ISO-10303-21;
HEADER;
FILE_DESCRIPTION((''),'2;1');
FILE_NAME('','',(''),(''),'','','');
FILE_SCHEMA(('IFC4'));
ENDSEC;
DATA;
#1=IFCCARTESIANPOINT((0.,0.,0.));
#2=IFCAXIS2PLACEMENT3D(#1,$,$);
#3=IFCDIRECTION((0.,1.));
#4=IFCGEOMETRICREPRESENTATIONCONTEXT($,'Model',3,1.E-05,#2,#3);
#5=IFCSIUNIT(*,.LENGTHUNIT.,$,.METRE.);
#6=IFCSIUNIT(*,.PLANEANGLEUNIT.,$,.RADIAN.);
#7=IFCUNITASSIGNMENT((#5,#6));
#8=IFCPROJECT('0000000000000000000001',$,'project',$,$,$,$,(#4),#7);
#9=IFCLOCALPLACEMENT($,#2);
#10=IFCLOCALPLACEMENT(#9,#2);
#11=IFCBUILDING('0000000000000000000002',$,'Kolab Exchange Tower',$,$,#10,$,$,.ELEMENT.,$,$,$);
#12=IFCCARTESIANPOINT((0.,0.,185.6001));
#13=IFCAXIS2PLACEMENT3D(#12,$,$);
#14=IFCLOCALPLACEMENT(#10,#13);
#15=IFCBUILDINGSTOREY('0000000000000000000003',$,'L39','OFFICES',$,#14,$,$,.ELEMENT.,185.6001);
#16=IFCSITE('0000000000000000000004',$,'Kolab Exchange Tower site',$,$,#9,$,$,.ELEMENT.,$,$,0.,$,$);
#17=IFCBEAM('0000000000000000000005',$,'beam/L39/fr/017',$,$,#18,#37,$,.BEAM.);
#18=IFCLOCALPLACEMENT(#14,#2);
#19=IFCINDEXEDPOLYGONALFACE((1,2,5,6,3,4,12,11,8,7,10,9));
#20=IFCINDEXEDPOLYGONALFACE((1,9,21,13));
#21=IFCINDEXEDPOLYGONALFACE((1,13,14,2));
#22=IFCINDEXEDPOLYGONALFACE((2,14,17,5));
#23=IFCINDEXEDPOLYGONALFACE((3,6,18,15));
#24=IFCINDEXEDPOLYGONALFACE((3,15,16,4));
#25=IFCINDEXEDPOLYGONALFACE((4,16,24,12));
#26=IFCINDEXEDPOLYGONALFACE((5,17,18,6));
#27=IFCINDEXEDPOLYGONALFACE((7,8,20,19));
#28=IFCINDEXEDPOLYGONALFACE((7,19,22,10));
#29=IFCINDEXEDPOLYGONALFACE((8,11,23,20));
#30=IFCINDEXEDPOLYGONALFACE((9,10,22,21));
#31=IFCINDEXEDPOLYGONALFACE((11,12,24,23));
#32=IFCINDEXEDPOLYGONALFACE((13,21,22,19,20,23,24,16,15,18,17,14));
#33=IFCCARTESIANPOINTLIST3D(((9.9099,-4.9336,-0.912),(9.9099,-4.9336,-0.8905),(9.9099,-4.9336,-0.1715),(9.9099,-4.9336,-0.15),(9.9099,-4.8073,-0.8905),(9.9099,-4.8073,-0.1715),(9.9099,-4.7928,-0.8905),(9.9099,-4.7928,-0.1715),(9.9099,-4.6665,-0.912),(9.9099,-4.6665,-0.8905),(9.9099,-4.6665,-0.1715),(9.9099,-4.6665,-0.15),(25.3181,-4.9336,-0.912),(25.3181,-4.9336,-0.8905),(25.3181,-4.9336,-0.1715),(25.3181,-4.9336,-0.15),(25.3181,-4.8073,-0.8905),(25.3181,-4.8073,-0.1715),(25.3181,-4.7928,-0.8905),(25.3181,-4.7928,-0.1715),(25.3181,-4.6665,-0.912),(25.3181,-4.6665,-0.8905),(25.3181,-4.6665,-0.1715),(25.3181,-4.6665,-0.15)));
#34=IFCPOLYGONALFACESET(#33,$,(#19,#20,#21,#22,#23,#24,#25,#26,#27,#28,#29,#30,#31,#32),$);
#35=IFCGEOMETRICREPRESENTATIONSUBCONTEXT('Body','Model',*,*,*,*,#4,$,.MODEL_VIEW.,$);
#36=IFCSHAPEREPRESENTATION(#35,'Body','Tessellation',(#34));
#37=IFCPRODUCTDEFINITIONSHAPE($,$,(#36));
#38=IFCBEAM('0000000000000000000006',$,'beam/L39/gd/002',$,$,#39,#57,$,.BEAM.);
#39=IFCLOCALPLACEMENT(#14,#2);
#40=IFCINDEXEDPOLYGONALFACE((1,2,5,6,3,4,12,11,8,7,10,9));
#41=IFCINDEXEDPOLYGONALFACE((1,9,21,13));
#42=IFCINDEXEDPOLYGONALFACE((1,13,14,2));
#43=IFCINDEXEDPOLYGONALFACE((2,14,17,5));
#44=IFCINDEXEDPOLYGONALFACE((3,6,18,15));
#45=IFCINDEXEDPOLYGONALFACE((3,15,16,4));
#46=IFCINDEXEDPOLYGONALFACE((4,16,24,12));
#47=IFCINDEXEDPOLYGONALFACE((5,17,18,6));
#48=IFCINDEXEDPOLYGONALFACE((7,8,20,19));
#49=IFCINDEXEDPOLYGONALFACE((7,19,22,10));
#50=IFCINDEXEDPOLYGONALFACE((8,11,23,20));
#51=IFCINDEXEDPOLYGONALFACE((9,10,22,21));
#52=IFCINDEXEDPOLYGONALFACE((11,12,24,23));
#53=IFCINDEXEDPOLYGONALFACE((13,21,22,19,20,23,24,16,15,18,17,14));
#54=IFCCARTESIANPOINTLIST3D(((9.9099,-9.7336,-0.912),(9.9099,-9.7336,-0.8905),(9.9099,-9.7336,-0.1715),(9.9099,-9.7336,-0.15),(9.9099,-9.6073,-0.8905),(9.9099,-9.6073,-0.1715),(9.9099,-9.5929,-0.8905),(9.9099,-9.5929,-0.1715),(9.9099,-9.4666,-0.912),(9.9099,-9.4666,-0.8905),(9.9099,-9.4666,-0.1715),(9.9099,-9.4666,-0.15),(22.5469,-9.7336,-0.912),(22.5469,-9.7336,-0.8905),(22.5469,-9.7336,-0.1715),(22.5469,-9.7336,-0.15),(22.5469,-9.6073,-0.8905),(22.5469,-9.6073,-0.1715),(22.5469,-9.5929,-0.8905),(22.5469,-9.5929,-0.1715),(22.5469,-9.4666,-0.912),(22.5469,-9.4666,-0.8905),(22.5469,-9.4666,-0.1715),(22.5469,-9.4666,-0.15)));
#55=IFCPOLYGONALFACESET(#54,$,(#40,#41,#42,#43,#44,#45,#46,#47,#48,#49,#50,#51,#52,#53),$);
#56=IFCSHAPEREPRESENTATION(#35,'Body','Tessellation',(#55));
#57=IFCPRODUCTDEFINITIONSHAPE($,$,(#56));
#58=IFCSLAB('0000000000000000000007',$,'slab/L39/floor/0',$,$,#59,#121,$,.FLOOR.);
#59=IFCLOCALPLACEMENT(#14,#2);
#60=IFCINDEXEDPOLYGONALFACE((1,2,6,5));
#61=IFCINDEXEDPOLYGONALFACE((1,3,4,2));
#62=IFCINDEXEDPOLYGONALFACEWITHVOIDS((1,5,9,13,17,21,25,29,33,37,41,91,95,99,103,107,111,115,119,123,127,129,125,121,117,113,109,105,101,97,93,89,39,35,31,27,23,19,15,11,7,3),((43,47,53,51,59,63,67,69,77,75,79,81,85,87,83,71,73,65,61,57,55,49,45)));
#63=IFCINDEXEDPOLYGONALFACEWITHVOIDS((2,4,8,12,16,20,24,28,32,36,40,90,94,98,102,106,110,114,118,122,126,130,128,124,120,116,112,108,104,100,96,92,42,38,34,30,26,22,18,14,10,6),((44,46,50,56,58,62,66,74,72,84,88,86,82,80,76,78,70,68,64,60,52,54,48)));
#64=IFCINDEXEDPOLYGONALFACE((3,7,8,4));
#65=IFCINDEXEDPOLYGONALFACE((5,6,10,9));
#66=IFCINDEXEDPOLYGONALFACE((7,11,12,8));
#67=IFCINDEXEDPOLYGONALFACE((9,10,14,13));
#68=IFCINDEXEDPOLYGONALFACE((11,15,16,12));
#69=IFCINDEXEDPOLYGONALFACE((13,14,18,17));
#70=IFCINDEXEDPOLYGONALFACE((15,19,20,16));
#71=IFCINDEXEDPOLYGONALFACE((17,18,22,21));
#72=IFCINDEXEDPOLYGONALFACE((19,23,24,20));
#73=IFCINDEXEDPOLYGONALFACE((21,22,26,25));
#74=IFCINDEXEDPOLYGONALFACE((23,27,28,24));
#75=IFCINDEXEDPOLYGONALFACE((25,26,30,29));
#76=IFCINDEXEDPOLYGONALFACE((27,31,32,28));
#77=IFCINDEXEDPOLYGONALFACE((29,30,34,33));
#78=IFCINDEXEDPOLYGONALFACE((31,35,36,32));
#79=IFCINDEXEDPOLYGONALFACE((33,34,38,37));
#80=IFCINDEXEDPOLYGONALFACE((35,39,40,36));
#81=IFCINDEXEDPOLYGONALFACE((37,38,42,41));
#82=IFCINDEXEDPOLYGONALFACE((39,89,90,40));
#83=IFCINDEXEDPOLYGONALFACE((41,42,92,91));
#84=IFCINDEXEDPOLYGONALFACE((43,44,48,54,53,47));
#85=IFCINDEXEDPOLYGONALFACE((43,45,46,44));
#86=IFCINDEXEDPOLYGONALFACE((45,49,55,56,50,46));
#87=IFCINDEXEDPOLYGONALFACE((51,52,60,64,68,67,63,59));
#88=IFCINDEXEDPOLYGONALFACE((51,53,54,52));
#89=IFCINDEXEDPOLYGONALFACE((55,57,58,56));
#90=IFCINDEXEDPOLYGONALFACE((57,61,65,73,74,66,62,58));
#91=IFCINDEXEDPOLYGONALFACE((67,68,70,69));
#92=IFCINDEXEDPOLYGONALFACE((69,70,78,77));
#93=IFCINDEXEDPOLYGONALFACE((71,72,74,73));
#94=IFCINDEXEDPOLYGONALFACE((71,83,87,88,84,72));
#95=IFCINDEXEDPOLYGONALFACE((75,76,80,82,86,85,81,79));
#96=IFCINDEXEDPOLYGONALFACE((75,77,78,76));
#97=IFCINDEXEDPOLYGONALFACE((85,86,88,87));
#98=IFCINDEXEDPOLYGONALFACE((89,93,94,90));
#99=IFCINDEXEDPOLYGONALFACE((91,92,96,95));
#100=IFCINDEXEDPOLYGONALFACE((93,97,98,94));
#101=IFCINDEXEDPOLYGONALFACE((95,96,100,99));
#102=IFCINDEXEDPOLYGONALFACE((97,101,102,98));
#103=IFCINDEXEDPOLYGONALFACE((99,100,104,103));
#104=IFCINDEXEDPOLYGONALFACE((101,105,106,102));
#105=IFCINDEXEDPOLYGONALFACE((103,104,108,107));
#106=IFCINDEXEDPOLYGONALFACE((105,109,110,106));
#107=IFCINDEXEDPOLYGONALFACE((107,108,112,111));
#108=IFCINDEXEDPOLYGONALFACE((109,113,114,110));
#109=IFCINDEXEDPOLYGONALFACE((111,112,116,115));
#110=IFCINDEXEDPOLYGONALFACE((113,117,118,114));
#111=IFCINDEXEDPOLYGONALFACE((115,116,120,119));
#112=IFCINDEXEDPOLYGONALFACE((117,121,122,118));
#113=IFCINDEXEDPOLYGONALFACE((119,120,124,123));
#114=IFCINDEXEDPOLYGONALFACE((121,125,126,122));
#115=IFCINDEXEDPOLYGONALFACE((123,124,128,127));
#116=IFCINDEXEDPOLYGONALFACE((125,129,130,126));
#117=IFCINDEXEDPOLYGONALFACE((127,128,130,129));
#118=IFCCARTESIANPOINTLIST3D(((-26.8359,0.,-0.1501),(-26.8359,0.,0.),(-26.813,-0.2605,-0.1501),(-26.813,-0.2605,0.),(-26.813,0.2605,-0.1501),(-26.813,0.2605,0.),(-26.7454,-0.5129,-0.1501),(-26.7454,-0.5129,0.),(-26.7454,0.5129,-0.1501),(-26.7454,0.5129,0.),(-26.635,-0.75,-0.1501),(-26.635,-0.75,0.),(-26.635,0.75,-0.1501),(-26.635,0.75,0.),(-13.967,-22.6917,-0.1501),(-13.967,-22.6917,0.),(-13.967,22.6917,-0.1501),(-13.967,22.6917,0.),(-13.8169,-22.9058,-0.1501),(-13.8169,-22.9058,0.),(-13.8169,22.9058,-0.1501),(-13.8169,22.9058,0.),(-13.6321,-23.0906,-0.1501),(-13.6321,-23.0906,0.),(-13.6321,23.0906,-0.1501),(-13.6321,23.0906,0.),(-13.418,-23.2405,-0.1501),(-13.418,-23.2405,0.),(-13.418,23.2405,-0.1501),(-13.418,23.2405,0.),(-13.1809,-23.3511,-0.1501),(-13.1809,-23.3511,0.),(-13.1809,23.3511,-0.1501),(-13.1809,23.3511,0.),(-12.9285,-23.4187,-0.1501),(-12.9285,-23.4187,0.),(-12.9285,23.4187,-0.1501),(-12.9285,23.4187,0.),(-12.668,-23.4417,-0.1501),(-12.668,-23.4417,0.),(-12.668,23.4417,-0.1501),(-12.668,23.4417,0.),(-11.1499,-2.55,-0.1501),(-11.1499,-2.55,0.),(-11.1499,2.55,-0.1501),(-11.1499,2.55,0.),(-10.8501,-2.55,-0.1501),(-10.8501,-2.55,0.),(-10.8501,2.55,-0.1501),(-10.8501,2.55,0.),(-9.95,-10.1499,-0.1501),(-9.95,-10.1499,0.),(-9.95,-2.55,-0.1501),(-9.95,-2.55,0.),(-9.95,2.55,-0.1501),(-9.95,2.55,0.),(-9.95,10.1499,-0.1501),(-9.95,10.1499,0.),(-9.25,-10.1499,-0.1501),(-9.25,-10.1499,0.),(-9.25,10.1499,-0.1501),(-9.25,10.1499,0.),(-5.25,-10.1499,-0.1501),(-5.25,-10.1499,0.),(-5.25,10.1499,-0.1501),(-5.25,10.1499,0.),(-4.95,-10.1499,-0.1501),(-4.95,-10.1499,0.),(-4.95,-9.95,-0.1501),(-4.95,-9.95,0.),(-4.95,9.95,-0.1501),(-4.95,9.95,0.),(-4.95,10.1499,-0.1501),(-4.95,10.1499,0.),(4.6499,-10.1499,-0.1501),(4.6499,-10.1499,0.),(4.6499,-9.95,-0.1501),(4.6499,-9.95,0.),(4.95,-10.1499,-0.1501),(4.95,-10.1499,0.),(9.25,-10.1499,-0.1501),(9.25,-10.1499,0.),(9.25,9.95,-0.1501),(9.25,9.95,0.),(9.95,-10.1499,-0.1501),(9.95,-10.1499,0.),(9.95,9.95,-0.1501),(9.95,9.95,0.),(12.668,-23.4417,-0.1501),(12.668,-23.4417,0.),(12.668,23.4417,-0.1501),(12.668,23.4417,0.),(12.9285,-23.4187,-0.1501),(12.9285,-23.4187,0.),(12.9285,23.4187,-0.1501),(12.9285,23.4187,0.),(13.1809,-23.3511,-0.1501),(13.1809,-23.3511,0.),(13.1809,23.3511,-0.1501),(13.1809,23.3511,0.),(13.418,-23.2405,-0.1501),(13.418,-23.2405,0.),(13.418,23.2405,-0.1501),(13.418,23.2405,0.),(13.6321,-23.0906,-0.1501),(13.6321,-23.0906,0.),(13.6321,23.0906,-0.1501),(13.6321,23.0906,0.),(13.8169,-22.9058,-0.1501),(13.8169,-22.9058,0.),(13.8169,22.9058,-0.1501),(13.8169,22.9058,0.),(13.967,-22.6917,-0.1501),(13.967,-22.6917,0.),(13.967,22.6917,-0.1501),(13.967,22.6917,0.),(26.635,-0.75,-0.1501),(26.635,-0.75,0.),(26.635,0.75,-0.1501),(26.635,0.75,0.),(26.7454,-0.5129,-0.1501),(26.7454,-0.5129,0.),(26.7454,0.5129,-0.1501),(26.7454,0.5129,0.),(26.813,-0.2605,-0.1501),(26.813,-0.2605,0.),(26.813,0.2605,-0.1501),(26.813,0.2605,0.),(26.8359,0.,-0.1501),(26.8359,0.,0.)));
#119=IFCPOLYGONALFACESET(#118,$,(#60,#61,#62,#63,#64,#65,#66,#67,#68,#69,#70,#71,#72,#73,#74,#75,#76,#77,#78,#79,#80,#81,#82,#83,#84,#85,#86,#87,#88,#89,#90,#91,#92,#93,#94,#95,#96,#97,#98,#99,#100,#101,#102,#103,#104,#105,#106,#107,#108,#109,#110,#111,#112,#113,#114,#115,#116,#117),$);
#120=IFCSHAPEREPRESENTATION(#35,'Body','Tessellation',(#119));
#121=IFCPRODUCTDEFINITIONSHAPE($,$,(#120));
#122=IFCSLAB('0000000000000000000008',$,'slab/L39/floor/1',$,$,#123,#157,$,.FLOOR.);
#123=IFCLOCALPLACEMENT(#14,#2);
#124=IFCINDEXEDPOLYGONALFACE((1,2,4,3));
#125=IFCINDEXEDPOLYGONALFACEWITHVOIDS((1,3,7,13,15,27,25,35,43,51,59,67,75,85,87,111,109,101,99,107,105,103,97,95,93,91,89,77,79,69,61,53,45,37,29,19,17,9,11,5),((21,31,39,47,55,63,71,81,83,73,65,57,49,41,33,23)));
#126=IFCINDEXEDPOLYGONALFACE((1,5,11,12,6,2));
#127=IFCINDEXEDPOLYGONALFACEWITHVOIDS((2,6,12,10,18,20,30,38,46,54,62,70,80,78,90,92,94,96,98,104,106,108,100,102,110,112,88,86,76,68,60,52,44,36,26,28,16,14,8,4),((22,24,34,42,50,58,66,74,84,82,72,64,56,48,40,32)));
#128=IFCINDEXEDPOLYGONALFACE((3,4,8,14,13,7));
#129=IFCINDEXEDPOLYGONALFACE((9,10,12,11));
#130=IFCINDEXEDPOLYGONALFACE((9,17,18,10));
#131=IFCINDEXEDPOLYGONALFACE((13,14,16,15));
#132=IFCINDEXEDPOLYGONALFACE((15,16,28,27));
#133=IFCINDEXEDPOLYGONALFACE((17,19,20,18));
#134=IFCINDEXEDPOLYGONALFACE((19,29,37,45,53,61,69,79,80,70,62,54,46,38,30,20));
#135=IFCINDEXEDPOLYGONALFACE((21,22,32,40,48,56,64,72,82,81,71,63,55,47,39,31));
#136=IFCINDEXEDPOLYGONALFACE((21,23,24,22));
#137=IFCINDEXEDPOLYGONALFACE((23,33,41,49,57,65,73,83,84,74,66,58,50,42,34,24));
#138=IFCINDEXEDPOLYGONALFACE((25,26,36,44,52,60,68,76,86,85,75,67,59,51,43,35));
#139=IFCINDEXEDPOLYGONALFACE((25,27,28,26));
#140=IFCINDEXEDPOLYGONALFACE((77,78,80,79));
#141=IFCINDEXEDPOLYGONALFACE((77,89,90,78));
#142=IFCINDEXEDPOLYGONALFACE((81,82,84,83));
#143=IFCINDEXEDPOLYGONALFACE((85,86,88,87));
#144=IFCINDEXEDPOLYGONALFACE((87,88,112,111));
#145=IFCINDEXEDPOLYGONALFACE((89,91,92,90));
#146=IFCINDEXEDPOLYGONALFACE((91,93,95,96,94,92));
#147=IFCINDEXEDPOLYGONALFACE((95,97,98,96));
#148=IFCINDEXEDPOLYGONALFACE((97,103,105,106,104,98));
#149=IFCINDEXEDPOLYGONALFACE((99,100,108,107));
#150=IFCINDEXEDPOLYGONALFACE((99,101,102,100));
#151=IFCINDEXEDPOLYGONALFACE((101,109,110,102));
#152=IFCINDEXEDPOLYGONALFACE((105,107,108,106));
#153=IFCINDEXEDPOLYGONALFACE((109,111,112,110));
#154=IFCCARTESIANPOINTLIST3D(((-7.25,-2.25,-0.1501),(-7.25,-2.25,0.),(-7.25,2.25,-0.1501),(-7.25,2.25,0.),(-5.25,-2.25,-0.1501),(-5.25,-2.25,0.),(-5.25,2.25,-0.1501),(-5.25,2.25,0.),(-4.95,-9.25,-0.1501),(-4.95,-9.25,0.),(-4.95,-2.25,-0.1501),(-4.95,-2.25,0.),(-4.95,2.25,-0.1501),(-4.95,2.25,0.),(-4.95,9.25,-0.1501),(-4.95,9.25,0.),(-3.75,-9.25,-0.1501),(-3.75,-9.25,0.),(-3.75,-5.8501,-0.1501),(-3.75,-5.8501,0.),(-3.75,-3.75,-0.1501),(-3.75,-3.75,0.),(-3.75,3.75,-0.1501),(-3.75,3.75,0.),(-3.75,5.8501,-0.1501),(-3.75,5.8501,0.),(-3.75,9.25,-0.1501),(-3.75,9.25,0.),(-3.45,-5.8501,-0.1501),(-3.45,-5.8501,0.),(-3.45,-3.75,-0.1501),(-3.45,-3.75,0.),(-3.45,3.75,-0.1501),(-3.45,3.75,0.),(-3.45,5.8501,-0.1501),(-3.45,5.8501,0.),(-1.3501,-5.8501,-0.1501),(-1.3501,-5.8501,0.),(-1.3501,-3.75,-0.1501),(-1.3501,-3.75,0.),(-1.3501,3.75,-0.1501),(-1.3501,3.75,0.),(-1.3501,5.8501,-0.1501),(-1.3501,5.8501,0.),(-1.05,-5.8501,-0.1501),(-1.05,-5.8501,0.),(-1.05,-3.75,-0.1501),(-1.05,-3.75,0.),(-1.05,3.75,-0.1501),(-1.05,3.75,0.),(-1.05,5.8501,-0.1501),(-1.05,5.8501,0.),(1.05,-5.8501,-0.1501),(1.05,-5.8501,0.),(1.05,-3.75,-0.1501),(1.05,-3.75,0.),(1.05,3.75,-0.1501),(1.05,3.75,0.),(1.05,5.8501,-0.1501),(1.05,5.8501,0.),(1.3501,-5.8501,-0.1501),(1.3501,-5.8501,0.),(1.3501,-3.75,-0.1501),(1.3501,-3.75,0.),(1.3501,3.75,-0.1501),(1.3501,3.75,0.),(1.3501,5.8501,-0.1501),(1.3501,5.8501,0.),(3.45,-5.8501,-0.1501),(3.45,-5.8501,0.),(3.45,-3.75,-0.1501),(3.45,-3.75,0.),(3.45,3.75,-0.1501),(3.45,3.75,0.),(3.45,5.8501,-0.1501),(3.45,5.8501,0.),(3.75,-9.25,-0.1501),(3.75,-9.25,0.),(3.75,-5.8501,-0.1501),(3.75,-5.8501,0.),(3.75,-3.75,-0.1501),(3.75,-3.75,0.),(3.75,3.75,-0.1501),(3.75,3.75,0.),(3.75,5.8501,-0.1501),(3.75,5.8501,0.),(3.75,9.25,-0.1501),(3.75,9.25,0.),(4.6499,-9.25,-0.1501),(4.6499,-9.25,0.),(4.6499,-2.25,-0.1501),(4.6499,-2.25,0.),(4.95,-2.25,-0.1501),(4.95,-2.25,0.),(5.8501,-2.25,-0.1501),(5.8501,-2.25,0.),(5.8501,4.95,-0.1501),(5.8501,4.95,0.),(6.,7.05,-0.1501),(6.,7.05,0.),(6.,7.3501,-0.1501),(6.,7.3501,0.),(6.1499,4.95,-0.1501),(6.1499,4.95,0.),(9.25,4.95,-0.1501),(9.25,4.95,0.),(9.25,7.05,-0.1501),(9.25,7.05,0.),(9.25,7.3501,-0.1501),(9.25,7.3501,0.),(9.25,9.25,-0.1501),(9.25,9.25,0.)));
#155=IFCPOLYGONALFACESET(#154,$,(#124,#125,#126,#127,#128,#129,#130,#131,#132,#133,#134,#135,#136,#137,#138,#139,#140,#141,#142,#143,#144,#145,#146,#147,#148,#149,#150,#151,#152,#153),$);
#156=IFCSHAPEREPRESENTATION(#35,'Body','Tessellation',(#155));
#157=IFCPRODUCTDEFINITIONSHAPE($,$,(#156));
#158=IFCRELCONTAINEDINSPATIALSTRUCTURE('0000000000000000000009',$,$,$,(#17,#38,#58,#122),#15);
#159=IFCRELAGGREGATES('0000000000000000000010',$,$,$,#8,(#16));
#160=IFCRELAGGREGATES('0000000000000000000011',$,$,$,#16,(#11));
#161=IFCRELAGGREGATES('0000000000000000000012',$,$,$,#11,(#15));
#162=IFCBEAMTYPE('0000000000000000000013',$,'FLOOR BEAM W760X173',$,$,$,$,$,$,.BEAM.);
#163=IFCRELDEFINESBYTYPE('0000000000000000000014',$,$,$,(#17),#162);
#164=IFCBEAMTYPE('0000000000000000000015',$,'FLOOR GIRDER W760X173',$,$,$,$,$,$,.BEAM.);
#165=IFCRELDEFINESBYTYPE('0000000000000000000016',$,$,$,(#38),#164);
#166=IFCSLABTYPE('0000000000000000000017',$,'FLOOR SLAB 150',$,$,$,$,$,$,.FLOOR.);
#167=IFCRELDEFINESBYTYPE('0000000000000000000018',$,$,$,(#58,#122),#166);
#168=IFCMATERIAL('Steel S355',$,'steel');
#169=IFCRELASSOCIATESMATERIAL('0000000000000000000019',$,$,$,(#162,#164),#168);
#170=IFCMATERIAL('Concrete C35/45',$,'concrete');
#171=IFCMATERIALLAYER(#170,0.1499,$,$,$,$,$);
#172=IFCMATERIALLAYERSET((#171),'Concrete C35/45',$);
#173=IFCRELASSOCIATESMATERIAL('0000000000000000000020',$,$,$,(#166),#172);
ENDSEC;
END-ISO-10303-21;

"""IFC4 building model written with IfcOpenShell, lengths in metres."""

from ifc_helpers import new_model, si_unit, direction, frame, origin, origin_2d, place, context, subcontext, project, spatial, polyline, i_section, outline, extrude, material, layer, layer_set, material_profile, profile_set, type_object, element, save


model = new_model("IFC4")

# Units and contexts
model_context = context("Model", 3, precision=1e-05, world=origin(), true_north=direction((0.0, 1.0)))
body_context = subcontext(model_context, "Body", "Model", "MODEL_VIEW")
ifc_project = project(units=[si_unit("LENGTHUNIT", "METRE"), si_unit("PLANEANGLEUNIT", "RADIAN")], contexts=[model_context])

# Site, building, storey
site_placement = place(None, origin())
site = spatial("IfcSite", under=ifc_project, at=site_placement, Name="Kolab Exchange Tower site", CompositionType="ELEMENT", RefElevation=0.0)
building_placement = place(site_placement, origin())
building = spatial("IfcBuilding", under=site, at=building_placement, Name="Kolab Exchange Tower", CompositionType="ELEMENT")
storey_placement = place(building_placement, frame((0.0, 0.0, 185.6001)))
storey = spatial("IfcBuildingStorey", under=building, at=storey_placement, Name="L39", Description="OFFICES", CompositionType="ELEMENT", Elevation=185.6001)

# Beams
ifc_material_1 = material(Name="Steel S355", Category="steel")
ifc_material_profile_1 = material_profile(ifc_material_1, i_section(OverallWidth=0.2671, OverallDepth=0.762, WebThickness=0.0144, FlangeThickness=0.0215, at=origin_2d()), Name="W760X173")
ifc_profile_set_1 = profile_set([ifc_material_profile_1], Name="Steel S355")
beam_type_1 = type_object("IfcBeamType", Name="FLOOR BEAM W760X173", PredefinedType="BEAM", material=ifc_profile_set_1)
beam_1_placement = place(storey_placement, frame((9.9099, -4.8, -0.531), z_axis=(1.0, 0.0, 0.0), x_axis=(0.0, 1.0, 0.0)))
element("IfcBeam", 1, at=beam_1_placement, inside=storey, type_object=beam_type_1, Name="beam/L39/fr/017", PredefinedType="BEAM", context=body_context, shape_type="SweptSolid", body=[
    extrude(i_section(OverallWidth=0.2671, OverallDepth=0.762, WebThickness=0.0144, FlangeThickness=0.0215, at=origin_2d()), origin(), (0.0, 0.0, 1.0), 15.4082),
])
ifc_material_profile_2 = material_profile(ifc_material_1, i_section(OverallWidth=0.2671, OverallDepth=0.762, WebThickness=0.0144, FlangeThickness=0.0215, at=origin_2d()), Name="W760X173")
ifc_profile_set_2 = profile_set([ifc_material_profile_2], Name="Steel S355")
beam_type_2 = type_object("IfcBeamType", Name="FLOOR GIRDER W760X173", PredefinedType="BEAM", material=ifc_profile_set_2)
beam_2_placement = place(storey_placement, frame((9.9099, -9.6001, -0.531), z_axis=(1.0, 0.0, 0.0), x_axis=(0.0, 1.0, 0.0)))
element("IfcBeam", 2, at=beam_2_placement, inside=storey, type_object=beam_type_2, Name="beam/L39/gd/002", PredefinedType="BEAM", context=body_context, shape_type="SweptSolid", body=[
    extrude(i_section(OverallWidth=0.2671, OverallDepth=0.762, WebThickness=0.0144, FlangeThickness=0.0215, at=origin_2d()), origin(), (0.0, 0.0, 1.0), 12.637),
])

# Slabs
ifc_material_2 = material(Name="Concrete C35/45", Category="concrete")
ifc_layer_1 = layer(ifc_material_2, 0.1499)
ifc_layer_set_1 = layer_set([ifc_layer_1], Name="Concrete C35/45")
slab_type_1 = type_object("IfcSlabType", Name="FLOOR SLAB 150", PredefinedType="FLOOR", material=ifc_layer_set_1)
slab_1_placement = place(storey_placement, frame((0.0, 0.0, -0.1501)))
element("IfcSlab", 3, at=slab_1_placement, inside=storey, type_object=slab_type_1, Name="slab/L39/floor/0", PredefinedType="FLOOR", context=body_context, shape_type="SweptSolid", body=[
    extrude(outline(polyline([(13.967, -22.6917), (26.635, -0.75), (26.7454, -0.5129), (26.813, -0.2605), (26.8359, 0.0), (26.813, 0.2605), (26.7454, 0.5129), (26.635, 0.75), (13.967, 22.6917), (13.8169, 22.9058), (13.6321, 23.0906), (13.418, 23.2405), (13.1809, 23.3511), (12.9285, 23.4187), (12.668, 23.4417), (-12.668, 23.4417), (-12.9285, 23.4187), (-13.1809, 23.3511), (-13.418, 23.2405), (-13.6321, 23.0906), (-13.8169, 22.9058), (-13.967, 22.6917), (-26.635, 0.75), (-26.7454, 0.5129), (-26.813, 0.2605), (-26.8359, 0.0), (-26.813, -0.2605), (-26.7454, -0.5129), (-26.635, -0.75), (-13.967, -22.6917), (-13.8169, -22.9058), (-13.6321, -23.0906), (-13.418, -23.2405), (-13.1809, -23.3511), (-12.9285, -23.4187), (-12.668, -23.4417), (12.668, -23.4417), (12.9285, -23.4187), (13.1809, -23.3511), (13.418, -23.2405), (13.6321, -23.0906), (13.8169, -22.9058), (13.967, -22.6917)]), holes=[polyline([(-9.25, -10.1499), (-9.95, -10.1499), (-9.95, -2.55), (-10.8501, -2.55), (-11.1499, -2.55), (-11.1499, 2.55), (-10.8501, 2.55), (-9.95, 2.55), (-9.95, 10.1499), (-9.25, 10.1499), (-5.25, 10.1499), (-4.95, 10.1499), (-4.95, 9.95), (9.25, 9.95), (9.95, 9.95), (9.95, -10.1499), (9.25, -10.1499), (4.95, -10.1499), (4.6499, -10.1499), (4.6499, -9.95), (-4.95, -9.95), (-4.95, -10.1499), (-5.25, -10.1499), (-9.25, -10.1499)])]), origin(), (0.0, 0.0, 1.0), 0.1501),
])
slab_2_placement = place(storey_placement, frame((0.0, 0.0, -0.1501)))
element("IfcSlab", 4, at=slab_2_placement, inside=storey, type_object=slab_type_1, Name="slab/L39/floor/1", PredefinedType="FLOOR", context=body_context, shape_type="SweptSolid", body=[
    extrude(outline(polyline([(-4.95, 9.25), (-4.95, 2.25), (-5.25, 2.25), (-7.25, 2.25), (-7.25, -2.25), (-5.25, -2.25), (-4.95, -2.25), (-4.95, -9.25), (-3.75, -9.25), (-3.75, -5.8501), (-3.45, -5.8501), (-1.3501, -5.8501), (-1.05, -5.8501), (1.05, -5.8501), (1.3501, -5.8501), (3.45, -5.8501), (3.75, -5.8501), (3.75, -9.25), (4.6499, -9.25), (4.6499, -2.25), (4.95, -2.25), (5.8501, -2.25), (5.8501, 4.95), (6.1499, 4.95), (9.25, 4.95), (9.25, 7.05), (6.0, 7.05), (6.0, 7.3501), (9.25, 7.3501), (9.25, 9.25), (3.75, 9.25), (3.75, 5.8501), (3.45, 5.8501), (1.3501, 5.8501), (1.05, 5.8501), (-1.05, 5.8501), (-1.3501, 5.8501), (-3.45, 5.8501), (-3.75, 5.8501), (-3.75, 9.25), (-4.95, 9.25)]), holes=[polyline([(-3.45, -3.75), (-3.75, -3.75), (-3.75, 3.75), (-3.45, 3.75), (-1.3501, 3.75), (-1.05, 3.75), (1.05, 3.75), (1.3501, 3.75), (3.45, 3.75), (3.75, 3.75), (3.75, -3.75), (3.45, -3.75), (1.3501, -3.75), (1.05, -3.75), (-1.05, -3.75), (-1.3501, -3.75), (-3.45, -3.75)])]), origin(), (0.0, 0.0, 1.0), 0.1501),
])

save(model, "model.ifc")
